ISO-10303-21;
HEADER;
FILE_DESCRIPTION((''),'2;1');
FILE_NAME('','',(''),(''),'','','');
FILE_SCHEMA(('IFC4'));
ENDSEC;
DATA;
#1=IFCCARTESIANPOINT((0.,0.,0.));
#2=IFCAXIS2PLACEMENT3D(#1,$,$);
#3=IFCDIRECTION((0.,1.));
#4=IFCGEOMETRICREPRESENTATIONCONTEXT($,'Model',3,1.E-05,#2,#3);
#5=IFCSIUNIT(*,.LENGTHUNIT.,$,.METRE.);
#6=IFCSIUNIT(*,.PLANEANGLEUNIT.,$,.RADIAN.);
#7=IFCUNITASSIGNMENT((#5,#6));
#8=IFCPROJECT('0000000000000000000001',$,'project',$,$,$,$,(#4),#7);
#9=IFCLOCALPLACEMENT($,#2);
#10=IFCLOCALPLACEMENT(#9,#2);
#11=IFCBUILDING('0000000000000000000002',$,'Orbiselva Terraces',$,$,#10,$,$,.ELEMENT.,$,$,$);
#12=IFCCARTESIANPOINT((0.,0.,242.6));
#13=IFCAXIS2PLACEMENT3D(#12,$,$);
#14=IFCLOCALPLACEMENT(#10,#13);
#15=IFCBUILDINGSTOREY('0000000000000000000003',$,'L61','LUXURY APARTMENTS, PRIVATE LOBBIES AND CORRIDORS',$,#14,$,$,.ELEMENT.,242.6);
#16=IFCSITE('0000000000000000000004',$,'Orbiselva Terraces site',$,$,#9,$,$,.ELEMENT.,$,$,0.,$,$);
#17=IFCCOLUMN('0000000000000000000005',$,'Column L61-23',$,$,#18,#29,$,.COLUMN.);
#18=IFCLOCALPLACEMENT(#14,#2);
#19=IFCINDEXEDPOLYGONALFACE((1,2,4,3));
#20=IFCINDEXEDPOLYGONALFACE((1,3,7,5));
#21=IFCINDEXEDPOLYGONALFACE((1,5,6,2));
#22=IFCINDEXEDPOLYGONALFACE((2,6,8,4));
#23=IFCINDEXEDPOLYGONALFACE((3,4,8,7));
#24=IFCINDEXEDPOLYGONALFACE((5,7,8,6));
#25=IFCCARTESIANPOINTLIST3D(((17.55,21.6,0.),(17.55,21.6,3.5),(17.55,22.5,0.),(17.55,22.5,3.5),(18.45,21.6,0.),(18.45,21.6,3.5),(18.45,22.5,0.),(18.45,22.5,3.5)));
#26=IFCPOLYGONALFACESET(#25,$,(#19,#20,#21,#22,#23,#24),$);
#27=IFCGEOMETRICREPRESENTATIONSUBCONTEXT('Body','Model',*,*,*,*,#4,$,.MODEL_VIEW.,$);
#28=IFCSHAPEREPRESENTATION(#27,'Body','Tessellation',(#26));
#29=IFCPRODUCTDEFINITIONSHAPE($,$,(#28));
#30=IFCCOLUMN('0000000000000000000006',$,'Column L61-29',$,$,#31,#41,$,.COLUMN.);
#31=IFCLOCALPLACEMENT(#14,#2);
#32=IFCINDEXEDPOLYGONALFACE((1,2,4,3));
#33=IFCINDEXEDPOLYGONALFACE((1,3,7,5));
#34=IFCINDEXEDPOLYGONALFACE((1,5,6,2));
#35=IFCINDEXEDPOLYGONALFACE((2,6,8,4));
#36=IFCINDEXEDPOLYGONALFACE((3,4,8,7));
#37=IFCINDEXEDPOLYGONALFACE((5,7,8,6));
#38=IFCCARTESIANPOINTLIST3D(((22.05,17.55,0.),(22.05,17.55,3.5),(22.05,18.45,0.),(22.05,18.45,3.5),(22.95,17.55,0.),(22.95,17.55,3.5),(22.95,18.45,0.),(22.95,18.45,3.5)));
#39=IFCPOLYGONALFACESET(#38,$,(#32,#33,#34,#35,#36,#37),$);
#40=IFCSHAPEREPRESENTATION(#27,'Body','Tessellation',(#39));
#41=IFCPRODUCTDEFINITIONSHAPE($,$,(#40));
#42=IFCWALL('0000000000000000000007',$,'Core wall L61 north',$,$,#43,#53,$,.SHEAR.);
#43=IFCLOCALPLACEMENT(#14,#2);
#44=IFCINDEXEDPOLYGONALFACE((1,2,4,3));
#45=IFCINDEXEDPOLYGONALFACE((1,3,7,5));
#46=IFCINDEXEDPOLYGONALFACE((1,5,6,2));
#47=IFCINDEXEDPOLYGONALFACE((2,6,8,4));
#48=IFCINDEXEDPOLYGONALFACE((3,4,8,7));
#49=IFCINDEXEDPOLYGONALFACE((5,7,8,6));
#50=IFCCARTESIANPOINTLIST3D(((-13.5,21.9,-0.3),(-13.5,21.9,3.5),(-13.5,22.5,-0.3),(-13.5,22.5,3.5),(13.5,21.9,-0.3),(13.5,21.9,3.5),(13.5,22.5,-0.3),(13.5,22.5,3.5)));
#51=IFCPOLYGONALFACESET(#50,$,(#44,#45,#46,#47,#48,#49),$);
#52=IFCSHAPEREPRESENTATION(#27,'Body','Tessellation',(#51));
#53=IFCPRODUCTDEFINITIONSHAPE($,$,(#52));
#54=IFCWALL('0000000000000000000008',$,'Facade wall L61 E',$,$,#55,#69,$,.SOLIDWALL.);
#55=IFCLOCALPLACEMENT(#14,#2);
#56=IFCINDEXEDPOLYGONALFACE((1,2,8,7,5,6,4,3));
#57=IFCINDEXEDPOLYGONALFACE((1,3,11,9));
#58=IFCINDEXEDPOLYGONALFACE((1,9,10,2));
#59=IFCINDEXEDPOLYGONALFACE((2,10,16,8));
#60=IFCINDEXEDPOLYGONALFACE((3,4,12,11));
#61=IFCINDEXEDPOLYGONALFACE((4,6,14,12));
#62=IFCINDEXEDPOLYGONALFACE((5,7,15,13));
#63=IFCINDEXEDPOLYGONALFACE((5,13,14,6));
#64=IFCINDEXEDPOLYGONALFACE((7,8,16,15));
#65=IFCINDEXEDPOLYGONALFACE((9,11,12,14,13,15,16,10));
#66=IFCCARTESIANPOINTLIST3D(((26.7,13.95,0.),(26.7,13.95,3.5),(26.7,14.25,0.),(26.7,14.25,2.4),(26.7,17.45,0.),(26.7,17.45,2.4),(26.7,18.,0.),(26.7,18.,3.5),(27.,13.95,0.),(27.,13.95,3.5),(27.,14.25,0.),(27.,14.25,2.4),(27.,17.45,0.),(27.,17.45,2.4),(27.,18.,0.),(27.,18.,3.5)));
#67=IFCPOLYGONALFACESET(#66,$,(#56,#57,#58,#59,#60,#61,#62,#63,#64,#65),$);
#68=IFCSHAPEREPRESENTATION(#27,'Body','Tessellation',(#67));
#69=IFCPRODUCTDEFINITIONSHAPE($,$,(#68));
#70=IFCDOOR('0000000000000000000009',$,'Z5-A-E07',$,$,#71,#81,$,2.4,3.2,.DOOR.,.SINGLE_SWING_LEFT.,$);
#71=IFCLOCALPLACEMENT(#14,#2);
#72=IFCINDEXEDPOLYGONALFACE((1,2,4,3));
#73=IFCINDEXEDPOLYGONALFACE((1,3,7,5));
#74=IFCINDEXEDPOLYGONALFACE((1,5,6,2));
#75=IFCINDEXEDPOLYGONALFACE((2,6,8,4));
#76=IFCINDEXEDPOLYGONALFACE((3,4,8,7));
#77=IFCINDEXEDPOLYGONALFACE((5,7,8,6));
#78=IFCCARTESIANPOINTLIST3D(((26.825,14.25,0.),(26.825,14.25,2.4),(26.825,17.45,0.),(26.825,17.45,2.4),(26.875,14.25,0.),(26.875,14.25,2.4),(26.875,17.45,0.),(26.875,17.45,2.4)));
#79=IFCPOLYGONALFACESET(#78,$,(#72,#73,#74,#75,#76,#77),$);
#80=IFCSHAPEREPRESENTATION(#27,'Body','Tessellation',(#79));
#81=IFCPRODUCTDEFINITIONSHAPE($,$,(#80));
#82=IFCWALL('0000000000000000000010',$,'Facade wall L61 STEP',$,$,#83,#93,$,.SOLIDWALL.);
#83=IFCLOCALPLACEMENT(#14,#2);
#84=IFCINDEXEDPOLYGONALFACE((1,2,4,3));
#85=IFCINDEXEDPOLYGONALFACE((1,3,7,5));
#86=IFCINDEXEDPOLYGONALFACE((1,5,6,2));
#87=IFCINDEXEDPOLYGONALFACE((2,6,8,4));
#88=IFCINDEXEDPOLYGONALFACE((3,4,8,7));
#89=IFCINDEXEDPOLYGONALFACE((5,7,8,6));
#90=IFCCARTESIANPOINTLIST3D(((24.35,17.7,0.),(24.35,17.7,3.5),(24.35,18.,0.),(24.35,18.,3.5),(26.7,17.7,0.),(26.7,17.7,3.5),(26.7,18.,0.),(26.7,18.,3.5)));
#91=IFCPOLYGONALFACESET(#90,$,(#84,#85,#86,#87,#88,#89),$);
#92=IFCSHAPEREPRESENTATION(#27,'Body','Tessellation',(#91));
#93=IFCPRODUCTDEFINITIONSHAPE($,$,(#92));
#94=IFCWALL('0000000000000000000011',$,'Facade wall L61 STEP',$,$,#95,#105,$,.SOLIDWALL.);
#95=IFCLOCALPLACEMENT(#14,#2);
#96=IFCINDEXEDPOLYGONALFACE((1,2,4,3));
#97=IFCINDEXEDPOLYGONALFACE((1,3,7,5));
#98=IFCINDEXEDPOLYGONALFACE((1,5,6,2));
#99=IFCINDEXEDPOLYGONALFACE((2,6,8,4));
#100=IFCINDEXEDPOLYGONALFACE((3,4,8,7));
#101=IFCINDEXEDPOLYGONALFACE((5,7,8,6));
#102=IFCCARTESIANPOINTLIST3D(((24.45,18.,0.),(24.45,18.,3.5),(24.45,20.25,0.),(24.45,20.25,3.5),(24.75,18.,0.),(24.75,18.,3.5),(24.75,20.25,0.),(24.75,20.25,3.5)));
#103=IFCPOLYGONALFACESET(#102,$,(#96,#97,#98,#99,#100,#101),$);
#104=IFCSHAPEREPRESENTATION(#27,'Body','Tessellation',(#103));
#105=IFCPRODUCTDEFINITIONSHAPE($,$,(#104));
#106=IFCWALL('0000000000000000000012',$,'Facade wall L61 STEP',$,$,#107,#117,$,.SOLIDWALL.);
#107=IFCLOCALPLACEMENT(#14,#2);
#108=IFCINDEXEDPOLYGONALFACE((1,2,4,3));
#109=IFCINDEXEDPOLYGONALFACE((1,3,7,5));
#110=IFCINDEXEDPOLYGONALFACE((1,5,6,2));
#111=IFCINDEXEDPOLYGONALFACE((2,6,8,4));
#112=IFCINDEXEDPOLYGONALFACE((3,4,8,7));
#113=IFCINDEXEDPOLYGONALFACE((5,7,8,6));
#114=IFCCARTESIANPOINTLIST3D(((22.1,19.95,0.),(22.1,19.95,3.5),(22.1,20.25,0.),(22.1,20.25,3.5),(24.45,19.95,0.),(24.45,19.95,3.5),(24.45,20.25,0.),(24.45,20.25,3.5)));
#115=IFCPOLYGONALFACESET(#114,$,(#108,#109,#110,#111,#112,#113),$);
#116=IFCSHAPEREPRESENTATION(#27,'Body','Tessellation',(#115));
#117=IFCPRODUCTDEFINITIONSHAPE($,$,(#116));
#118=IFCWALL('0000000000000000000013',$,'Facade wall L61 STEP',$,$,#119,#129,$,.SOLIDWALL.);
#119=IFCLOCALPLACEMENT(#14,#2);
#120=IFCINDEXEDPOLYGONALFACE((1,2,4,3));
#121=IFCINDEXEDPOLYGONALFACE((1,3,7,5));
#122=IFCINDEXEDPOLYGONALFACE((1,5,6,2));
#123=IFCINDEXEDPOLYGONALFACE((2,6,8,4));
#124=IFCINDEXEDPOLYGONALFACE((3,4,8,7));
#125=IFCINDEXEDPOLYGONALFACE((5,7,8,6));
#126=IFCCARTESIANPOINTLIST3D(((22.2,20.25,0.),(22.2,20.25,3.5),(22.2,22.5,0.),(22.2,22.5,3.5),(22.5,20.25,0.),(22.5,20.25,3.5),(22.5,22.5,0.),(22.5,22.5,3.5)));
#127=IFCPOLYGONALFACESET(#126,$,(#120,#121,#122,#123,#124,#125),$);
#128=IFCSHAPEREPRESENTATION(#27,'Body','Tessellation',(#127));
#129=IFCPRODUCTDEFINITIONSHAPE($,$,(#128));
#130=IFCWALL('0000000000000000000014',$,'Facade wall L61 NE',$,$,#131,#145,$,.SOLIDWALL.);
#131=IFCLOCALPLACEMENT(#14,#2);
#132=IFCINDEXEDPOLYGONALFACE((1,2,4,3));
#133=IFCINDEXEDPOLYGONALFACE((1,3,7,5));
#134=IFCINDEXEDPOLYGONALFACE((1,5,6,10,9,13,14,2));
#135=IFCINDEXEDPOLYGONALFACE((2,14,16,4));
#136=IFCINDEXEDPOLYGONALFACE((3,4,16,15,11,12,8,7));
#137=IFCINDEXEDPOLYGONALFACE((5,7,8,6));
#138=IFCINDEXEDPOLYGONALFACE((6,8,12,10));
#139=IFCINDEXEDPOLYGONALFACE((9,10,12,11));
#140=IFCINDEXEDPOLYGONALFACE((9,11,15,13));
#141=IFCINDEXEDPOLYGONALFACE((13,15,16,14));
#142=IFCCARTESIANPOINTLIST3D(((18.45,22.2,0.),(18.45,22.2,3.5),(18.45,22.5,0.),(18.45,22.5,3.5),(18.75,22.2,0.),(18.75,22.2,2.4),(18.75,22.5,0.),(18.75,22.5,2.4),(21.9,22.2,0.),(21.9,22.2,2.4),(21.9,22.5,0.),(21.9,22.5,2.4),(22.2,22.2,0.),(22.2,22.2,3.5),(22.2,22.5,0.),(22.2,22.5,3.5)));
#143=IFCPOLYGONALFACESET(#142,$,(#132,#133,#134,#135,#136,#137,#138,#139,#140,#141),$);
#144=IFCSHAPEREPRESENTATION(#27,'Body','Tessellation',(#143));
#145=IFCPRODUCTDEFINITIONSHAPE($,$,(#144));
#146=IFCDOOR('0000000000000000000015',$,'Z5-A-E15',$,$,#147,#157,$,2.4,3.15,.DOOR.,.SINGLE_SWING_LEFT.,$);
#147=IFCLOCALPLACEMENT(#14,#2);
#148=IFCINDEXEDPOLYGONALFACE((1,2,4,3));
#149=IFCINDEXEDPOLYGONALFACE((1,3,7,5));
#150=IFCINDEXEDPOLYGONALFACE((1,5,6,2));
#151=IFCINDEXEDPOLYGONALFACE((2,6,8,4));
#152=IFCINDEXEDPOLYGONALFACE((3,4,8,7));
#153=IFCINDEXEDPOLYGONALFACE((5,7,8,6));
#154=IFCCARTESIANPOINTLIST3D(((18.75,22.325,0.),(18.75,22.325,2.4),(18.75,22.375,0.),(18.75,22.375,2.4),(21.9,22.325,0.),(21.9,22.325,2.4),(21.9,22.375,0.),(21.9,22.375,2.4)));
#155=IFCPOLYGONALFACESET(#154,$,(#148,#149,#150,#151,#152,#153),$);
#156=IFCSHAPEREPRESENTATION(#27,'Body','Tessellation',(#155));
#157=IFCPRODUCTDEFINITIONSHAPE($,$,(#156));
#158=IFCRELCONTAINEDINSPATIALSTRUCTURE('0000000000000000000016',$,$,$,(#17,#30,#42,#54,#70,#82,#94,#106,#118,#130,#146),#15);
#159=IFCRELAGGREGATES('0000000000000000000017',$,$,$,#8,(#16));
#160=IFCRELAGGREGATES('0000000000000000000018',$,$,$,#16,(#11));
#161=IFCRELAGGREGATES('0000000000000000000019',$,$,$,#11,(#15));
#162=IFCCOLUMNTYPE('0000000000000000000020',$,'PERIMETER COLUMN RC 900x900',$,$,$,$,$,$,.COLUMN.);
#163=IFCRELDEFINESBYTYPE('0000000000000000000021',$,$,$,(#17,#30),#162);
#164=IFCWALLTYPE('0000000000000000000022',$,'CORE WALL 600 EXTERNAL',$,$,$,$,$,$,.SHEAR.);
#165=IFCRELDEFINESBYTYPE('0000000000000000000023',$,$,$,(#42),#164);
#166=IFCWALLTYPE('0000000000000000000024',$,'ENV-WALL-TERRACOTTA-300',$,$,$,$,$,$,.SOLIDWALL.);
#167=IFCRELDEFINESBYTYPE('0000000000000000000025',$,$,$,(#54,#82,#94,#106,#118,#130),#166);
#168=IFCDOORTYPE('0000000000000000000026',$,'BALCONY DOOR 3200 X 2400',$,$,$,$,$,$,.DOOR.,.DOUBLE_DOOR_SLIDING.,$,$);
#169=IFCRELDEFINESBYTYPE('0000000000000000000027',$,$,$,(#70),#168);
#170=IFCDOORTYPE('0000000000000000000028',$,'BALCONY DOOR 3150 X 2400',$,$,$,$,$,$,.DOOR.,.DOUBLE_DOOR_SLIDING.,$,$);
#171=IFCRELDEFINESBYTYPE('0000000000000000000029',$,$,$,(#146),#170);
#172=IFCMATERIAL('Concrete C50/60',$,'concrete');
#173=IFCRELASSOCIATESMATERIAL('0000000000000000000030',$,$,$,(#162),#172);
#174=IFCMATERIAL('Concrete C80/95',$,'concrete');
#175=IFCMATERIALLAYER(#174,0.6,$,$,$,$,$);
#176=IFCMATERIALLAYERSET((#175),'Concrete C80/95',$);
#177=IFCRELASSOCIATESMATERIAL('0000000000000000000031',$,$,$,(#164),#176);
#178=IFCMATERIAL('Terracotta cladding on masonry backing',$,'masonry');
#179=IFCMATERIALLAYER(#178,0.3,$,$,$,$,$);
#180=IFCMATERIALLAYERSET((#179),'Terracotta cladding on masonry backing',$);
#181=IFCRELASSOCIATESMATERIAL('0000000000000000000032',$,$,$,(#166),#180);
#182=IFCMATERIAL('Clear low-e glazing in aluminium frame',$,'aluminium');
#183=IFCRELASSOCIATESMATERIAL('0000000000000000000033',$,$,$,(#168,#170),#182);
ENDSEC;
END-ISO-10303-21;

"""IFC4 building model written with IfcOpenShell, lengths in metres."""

from ifc_helpers import new_model, si_unit, direction, frame, frame_2d, origin, origin_2d, place, context, subcontext, project, spatial, rectangle, extrude, material, layer, layer_set, material_profile, profile_set, type_object, element, fill, save


model = new_model("IFC4")

# Units and contexts
model_context = context("Model", 3, precision=1e-05, world=origin(), true_north=direction((0.0, 1.0)))
body_context = subcontext(model_context, "Body", "Model", "MODEL_VIEW")
ifc_project = project(units=[si_unit("LENGTHUNIT", "METRE"), si_unit("PLANEANGLEUNIT", "RADIAN")], contexts=[model_context])

# Site, building, storey
site_placement = place(None, origin())
site = spatial("IfcSite", under=ifc_project, at=site_placement, Name="Orbiselva Terraces site", CompositionType="ELEMENT", RefElevation=0.0)
building_placement = place(site_placement, origin())
building = spatial("IfcBuilding", under=site, at=building_placement, Name="Orbiselva Terraces", CompositionType="ELEMENT")
storey_placement = place(building_placement, frame((0.0, 0.0, 242.6)))
storey = spatial("IfcBuildingStorey", under=building, at=storey_placement, Name="L61", Description="LUXURY APARTMENTS, PRIVATE LOBBIES AND CORRIDORS", CompositionType="ELEMENT", Elevation=242.6)

# Columns
ifc_material_1 = material(Name="Concrete C50/60", Category="concrete")
ifc_material_profile = material_profile(ifc_material_1, rectangle(XDim=0.9, YDim=0.9, at=origin_2d()), Name="RC 900x900")
ifc_profile_set = profile_set([ifc_material_profile], Name="Concrete C50/60")
column_type = type_object("IfcColumnType", Name="PERIMETER COLUMN RC 900x900", PredefinedType="COLUMN", material=ifc_profile_set)
for number, where, z_axis, x_axis, name in (
    (1, (18.0, 22.05, 0.0), (0.0, 0.0, 1.0), (1.0, 0.0, 0.0), "Column L61-23"),
    (2, (22.5, 18.0, 0.0), (0.0, 0.0, 1.0), (1.0, 0.0, 0.0), "Column L61-29"),
):
    element("IfcColumn", number, at=place(storey_placement, frame(where, z_axis=z_axis, x_axis=x_axis)), inside=storey, type_object=column_type, Name=name, PredefinedType="COLUMN", context=body_context, shape_type="SweptSolid", body=[
        extrude(rectangle(XDim=0.9, YDim=0.9, at=origin_2d()), origin(), (0.0, 0.0, 1.0), 3.5),
    ])

# Wall
ifc_material_2 = material(Name="Concrete C80/95", Category="concrete")
ifc_layer_1 = layer(ifc_material_2, 0.6)
ifc_layer_set_1 = layer_set([ifc_layer_1], Name="Concrete C80/95")
wall_type_1 = type_object("IfcWallType", Name="CORE WALL 600 EXTERNAL", PredefinedType="SHEAR", material=ifc_layer_set_1)
wall_1_placement = place(storey_placement, frame((13.5, 22.2, -0.3), z_axis=(0.0, 0.0, 1.0), x_axis=(-1.0, 0.0, 0.0)))
element("IfcWall", 3, at=wall_1_placement, inside=storey, type_object=wall_type_1, Name="Core wall L61 north", PredefinedType="SHEAR", context=body_context, shape_type="SweptSolid", body=[
    extrude(rectangle(XDim=27.0, YDim=0.6, at=frame_2d((13.5, 0.0))), origin(), (0.0, 0.0, 1.0), 3.8),
])

# Wall, opening, door
ifc_material_3 = material(Name="Terracotta cladding on masonry backing", Category="masonry")
ifc_layer_2 = layer(ifc_material_3, 0.3)
ifc_layer_set_2 = layer_set([ifc_layer_2], Name="Terracotta cladding on masonry backing")
wall_type_2 = type_object("IfcWallType", Name="ENV-WALL-TERRACOTTA-300", PredefinedType="SOLIDWALL", material=ifc_layer_set_2)
wall_2_placement = place(storey_placement, frame((26.85, 18.0, 0.0), z_axis=(0.0, 0.0, 1.0), x_axis=(0.0, -1.0, 0.0)))
wall_2 = element("IfcWall", 4, at=wall_2_placement, inside=storey, type_object=wall_type_2, Name="Facade wall L61 E", PredefinedType="SOLIDWALL", context=body_context, shape_type="SweptSolid", body=[
    extrude(rectangle(XDim=4.05, YDim=0.3, at=frame_2d((2.025, 0.0))), origin(), (0.0, 0.0, 1.0), 3.5),
])
opening_1_placement = place(wall_2_placement, frame((0.55, 0.0, 0.0)))
opening_1 = element("IfcOpeningElement", 5, at=opening_1_placement, cuts=wall_2, PredefinedType="OPENING", context=body_context, shape_type="SweptSolid", body=[
    extrude(rectangle(XDim=3.2, YDim=2.4, at=frame_2d((1.6, 1.2))), frame((0.0, 0.16, 0.0), z_axis=(0.0, -1.0, 0.0), x_axis=(1.0, 0.0, 0.0)), (0.0, 0.0, 1.0), 0.32),
])
ifc_material_4 = material(Name="Clear low-e glazing in aluminium frame", Category="aluminium")
door_type_1 = type_object("IfcDoorType", Name="BALCONY DOOR 3200 X 2400", OperationType="DOUBLE_DOOR_SLIDING", PredefinedType="DOOR", material=ifc_material_4)
door_1_placement = place(opening_1_placement, origin())
door_1 = element("IfcDoor", 6, at=door_1_placement, inside=storey, type_object=door_type_1, Name="Z5-A-E07", OperationType="SINGLE_SWING_LEFT", OverallHeight=2.4, OverallWidth=3.2, PredefinedType="DOOR", context=body_context, shape_type="SweptSolid", body=[
    extrude(rectangle(XDim=3.2, YDim=2.4, at=frame_2d((1.6, 1.2))), frame((0.0, 0.025, 0.0), z_axis=(0.0, -1.0, 0.0), x_axis=(1.0, 0.0, 0.0)), (0.0, 0.0, 1.0), 0.05),
])
fill(opening_1, door_1)

# Walls
wall_3_placement = place(storey_placement, frame((24.35, 17.85, 0.0), z_axis=(0.0, 0.0, 1.0), x_axis=(1.0, 0.0, 0.0)))
element("IfcWall", 7, at=wall_3_placement, inside=storey, type_object=wall_type_2, Name="Facade wall L61 STEP", PredefinedType="SOLIDWALL", context=body_context, shape_type="SweptSolid", body=[
    extrude(rectangle(XDim=2.35, YDim=0.3, at=frame_2d((1.175, 0.0))), origin(), (0.0, 0.0, 1.0), 3.5),
])
wall_4_placement = place(storey_placement, frame((24.6, 20.25, 0.0), z_axis=(0.0, 0.0, 1.0), x_axis=(0.0, -1.0, 0.0)))
element("IfcWall", 8, at=wall_4_placement, inside=storey, type_object=wall_type_2, Name="Facade wall L61 STEP", PredefinedType="SOLIDWALL", context=body_context, shape_type="SweptSolid", body=[
    extrude(rectangle(XDim=2.25, YDim=0.3, at=frame_2d((1.125, 0.0))), origin(), (0.0, 0.0, 1.0), 3.5),
])
wall_5_placement = place(storey_placement, frame((22.1, 20.1, 0.0), z_axis=(0.0, 0.0, 1.0), x_axis=(1.0, 0.0, 0.0)))
element("IfcWall", 9, at=wall_5_placement, inside=storey, type_object=wall_type_2, Name="Facade wall L61 STEP", PredefinedType="SOLIDWALL", context=body_context, shape_type="SweptSolid", body=[
    extrude(rectangle(XDim=2.35, YDim=0.3, at=frame_2d((1.175, 0.0))), origin(), (0.0, 0.0, 1.0), 3.5),
])
wall_6_placement = place(storey_placement, frame((22.35, 22.5, 0.0), z_axis=(0.0, 0.0, 1.0), x_axis=(0.0, -1.0, 0.0)))
element("IfcWall", 10, at=wall_6_placement, inside=storey, type_object=wall_type_2, Name="Facade wall L61 STEP", PredefinedType="SOLIDWALL", context=body_context, shape_type="SweptSolid", body=[
    extrude(rectangle(XDim=2.25, YDim=0.3, at=frame_2d((1.125, 0.0))), origin(), (0.0, 0.0, 1.0), 3.5),
])

# Wall, opening, door
wall_7_placement = place(storey_placement, frame((18.45, 22.35, 0.0), z_axis=(0.0, 0.0, 1.0), x_axis=(1.0, 0.0, 0.0)))
wall_7 = element("IfcWall", 11, at=wall_7_placement, inside=storey, type_object=wall_type_2, Name="Facade wall L61 NE", PredefinedType="SOLIDWALL", context=body_context, shape_type="SweptSolid", body=[
    extrude(rectangle(XDim=3.75, YDim=0.3, at=frame_2d((1.875, 0.0))), origin(), (0.0, 0.0, 1.0), 3.5),
])
opening_2_placement = place(wall_7_placement, frame((0.3, 0.0, 0.0)))
opening_2 = element("IfcOpeningElement", 12, at=opening_2_placement, cuts=wall_7, PredefinedType="OPENING", context=body_context, shape_type="SweptSolid", body=[
    extrude(rectangle(XDim=3.15, YDim=2.4, at=frame_2d((1.575, 1.2))), frame((0.0, 0.16, 0.0), z_axis=(0.0, -1.0, 0.0), x_axis=(1.0, 0.0, 0.0)), (0.0, 0.0, 1.0), 0.32),
])
door_type_2 = type_object("IfcDoorType", Name="BALCONY DOOR 3150 X 2400", OperationType="DOUBLE_DOOR_SLIDING", PredefinedType="DOOR", material=ifc_material_4)
door_2_placement = place(opening_2_placement, origin())
door_2 = element("IfcDoor", 13, at=door_2_placement, inside=storey, type_object=door_type_2, Name="Z5-A-E15", OperationType="SINGLE_SWING_LEFT", OverallHeight=2.4, OverallWidth=3.15, PredefinedType="DOOR", context=body_context, shape_type="SweptSolid", body=[
    extrude(rectangle(XDim=3.15, YDim=2.4, at=frame_2d((1.575, 1.2))), frame((0.0, 0.025, 0.0), z_axis=(0.0, -1.0, 0.0), x_axis=(1.0, 0.0, 0.0)), (0.0, 0.0, 1.0), 0.05),
])
fill(opening_2, door_2)

save(model, "model.ifc")
